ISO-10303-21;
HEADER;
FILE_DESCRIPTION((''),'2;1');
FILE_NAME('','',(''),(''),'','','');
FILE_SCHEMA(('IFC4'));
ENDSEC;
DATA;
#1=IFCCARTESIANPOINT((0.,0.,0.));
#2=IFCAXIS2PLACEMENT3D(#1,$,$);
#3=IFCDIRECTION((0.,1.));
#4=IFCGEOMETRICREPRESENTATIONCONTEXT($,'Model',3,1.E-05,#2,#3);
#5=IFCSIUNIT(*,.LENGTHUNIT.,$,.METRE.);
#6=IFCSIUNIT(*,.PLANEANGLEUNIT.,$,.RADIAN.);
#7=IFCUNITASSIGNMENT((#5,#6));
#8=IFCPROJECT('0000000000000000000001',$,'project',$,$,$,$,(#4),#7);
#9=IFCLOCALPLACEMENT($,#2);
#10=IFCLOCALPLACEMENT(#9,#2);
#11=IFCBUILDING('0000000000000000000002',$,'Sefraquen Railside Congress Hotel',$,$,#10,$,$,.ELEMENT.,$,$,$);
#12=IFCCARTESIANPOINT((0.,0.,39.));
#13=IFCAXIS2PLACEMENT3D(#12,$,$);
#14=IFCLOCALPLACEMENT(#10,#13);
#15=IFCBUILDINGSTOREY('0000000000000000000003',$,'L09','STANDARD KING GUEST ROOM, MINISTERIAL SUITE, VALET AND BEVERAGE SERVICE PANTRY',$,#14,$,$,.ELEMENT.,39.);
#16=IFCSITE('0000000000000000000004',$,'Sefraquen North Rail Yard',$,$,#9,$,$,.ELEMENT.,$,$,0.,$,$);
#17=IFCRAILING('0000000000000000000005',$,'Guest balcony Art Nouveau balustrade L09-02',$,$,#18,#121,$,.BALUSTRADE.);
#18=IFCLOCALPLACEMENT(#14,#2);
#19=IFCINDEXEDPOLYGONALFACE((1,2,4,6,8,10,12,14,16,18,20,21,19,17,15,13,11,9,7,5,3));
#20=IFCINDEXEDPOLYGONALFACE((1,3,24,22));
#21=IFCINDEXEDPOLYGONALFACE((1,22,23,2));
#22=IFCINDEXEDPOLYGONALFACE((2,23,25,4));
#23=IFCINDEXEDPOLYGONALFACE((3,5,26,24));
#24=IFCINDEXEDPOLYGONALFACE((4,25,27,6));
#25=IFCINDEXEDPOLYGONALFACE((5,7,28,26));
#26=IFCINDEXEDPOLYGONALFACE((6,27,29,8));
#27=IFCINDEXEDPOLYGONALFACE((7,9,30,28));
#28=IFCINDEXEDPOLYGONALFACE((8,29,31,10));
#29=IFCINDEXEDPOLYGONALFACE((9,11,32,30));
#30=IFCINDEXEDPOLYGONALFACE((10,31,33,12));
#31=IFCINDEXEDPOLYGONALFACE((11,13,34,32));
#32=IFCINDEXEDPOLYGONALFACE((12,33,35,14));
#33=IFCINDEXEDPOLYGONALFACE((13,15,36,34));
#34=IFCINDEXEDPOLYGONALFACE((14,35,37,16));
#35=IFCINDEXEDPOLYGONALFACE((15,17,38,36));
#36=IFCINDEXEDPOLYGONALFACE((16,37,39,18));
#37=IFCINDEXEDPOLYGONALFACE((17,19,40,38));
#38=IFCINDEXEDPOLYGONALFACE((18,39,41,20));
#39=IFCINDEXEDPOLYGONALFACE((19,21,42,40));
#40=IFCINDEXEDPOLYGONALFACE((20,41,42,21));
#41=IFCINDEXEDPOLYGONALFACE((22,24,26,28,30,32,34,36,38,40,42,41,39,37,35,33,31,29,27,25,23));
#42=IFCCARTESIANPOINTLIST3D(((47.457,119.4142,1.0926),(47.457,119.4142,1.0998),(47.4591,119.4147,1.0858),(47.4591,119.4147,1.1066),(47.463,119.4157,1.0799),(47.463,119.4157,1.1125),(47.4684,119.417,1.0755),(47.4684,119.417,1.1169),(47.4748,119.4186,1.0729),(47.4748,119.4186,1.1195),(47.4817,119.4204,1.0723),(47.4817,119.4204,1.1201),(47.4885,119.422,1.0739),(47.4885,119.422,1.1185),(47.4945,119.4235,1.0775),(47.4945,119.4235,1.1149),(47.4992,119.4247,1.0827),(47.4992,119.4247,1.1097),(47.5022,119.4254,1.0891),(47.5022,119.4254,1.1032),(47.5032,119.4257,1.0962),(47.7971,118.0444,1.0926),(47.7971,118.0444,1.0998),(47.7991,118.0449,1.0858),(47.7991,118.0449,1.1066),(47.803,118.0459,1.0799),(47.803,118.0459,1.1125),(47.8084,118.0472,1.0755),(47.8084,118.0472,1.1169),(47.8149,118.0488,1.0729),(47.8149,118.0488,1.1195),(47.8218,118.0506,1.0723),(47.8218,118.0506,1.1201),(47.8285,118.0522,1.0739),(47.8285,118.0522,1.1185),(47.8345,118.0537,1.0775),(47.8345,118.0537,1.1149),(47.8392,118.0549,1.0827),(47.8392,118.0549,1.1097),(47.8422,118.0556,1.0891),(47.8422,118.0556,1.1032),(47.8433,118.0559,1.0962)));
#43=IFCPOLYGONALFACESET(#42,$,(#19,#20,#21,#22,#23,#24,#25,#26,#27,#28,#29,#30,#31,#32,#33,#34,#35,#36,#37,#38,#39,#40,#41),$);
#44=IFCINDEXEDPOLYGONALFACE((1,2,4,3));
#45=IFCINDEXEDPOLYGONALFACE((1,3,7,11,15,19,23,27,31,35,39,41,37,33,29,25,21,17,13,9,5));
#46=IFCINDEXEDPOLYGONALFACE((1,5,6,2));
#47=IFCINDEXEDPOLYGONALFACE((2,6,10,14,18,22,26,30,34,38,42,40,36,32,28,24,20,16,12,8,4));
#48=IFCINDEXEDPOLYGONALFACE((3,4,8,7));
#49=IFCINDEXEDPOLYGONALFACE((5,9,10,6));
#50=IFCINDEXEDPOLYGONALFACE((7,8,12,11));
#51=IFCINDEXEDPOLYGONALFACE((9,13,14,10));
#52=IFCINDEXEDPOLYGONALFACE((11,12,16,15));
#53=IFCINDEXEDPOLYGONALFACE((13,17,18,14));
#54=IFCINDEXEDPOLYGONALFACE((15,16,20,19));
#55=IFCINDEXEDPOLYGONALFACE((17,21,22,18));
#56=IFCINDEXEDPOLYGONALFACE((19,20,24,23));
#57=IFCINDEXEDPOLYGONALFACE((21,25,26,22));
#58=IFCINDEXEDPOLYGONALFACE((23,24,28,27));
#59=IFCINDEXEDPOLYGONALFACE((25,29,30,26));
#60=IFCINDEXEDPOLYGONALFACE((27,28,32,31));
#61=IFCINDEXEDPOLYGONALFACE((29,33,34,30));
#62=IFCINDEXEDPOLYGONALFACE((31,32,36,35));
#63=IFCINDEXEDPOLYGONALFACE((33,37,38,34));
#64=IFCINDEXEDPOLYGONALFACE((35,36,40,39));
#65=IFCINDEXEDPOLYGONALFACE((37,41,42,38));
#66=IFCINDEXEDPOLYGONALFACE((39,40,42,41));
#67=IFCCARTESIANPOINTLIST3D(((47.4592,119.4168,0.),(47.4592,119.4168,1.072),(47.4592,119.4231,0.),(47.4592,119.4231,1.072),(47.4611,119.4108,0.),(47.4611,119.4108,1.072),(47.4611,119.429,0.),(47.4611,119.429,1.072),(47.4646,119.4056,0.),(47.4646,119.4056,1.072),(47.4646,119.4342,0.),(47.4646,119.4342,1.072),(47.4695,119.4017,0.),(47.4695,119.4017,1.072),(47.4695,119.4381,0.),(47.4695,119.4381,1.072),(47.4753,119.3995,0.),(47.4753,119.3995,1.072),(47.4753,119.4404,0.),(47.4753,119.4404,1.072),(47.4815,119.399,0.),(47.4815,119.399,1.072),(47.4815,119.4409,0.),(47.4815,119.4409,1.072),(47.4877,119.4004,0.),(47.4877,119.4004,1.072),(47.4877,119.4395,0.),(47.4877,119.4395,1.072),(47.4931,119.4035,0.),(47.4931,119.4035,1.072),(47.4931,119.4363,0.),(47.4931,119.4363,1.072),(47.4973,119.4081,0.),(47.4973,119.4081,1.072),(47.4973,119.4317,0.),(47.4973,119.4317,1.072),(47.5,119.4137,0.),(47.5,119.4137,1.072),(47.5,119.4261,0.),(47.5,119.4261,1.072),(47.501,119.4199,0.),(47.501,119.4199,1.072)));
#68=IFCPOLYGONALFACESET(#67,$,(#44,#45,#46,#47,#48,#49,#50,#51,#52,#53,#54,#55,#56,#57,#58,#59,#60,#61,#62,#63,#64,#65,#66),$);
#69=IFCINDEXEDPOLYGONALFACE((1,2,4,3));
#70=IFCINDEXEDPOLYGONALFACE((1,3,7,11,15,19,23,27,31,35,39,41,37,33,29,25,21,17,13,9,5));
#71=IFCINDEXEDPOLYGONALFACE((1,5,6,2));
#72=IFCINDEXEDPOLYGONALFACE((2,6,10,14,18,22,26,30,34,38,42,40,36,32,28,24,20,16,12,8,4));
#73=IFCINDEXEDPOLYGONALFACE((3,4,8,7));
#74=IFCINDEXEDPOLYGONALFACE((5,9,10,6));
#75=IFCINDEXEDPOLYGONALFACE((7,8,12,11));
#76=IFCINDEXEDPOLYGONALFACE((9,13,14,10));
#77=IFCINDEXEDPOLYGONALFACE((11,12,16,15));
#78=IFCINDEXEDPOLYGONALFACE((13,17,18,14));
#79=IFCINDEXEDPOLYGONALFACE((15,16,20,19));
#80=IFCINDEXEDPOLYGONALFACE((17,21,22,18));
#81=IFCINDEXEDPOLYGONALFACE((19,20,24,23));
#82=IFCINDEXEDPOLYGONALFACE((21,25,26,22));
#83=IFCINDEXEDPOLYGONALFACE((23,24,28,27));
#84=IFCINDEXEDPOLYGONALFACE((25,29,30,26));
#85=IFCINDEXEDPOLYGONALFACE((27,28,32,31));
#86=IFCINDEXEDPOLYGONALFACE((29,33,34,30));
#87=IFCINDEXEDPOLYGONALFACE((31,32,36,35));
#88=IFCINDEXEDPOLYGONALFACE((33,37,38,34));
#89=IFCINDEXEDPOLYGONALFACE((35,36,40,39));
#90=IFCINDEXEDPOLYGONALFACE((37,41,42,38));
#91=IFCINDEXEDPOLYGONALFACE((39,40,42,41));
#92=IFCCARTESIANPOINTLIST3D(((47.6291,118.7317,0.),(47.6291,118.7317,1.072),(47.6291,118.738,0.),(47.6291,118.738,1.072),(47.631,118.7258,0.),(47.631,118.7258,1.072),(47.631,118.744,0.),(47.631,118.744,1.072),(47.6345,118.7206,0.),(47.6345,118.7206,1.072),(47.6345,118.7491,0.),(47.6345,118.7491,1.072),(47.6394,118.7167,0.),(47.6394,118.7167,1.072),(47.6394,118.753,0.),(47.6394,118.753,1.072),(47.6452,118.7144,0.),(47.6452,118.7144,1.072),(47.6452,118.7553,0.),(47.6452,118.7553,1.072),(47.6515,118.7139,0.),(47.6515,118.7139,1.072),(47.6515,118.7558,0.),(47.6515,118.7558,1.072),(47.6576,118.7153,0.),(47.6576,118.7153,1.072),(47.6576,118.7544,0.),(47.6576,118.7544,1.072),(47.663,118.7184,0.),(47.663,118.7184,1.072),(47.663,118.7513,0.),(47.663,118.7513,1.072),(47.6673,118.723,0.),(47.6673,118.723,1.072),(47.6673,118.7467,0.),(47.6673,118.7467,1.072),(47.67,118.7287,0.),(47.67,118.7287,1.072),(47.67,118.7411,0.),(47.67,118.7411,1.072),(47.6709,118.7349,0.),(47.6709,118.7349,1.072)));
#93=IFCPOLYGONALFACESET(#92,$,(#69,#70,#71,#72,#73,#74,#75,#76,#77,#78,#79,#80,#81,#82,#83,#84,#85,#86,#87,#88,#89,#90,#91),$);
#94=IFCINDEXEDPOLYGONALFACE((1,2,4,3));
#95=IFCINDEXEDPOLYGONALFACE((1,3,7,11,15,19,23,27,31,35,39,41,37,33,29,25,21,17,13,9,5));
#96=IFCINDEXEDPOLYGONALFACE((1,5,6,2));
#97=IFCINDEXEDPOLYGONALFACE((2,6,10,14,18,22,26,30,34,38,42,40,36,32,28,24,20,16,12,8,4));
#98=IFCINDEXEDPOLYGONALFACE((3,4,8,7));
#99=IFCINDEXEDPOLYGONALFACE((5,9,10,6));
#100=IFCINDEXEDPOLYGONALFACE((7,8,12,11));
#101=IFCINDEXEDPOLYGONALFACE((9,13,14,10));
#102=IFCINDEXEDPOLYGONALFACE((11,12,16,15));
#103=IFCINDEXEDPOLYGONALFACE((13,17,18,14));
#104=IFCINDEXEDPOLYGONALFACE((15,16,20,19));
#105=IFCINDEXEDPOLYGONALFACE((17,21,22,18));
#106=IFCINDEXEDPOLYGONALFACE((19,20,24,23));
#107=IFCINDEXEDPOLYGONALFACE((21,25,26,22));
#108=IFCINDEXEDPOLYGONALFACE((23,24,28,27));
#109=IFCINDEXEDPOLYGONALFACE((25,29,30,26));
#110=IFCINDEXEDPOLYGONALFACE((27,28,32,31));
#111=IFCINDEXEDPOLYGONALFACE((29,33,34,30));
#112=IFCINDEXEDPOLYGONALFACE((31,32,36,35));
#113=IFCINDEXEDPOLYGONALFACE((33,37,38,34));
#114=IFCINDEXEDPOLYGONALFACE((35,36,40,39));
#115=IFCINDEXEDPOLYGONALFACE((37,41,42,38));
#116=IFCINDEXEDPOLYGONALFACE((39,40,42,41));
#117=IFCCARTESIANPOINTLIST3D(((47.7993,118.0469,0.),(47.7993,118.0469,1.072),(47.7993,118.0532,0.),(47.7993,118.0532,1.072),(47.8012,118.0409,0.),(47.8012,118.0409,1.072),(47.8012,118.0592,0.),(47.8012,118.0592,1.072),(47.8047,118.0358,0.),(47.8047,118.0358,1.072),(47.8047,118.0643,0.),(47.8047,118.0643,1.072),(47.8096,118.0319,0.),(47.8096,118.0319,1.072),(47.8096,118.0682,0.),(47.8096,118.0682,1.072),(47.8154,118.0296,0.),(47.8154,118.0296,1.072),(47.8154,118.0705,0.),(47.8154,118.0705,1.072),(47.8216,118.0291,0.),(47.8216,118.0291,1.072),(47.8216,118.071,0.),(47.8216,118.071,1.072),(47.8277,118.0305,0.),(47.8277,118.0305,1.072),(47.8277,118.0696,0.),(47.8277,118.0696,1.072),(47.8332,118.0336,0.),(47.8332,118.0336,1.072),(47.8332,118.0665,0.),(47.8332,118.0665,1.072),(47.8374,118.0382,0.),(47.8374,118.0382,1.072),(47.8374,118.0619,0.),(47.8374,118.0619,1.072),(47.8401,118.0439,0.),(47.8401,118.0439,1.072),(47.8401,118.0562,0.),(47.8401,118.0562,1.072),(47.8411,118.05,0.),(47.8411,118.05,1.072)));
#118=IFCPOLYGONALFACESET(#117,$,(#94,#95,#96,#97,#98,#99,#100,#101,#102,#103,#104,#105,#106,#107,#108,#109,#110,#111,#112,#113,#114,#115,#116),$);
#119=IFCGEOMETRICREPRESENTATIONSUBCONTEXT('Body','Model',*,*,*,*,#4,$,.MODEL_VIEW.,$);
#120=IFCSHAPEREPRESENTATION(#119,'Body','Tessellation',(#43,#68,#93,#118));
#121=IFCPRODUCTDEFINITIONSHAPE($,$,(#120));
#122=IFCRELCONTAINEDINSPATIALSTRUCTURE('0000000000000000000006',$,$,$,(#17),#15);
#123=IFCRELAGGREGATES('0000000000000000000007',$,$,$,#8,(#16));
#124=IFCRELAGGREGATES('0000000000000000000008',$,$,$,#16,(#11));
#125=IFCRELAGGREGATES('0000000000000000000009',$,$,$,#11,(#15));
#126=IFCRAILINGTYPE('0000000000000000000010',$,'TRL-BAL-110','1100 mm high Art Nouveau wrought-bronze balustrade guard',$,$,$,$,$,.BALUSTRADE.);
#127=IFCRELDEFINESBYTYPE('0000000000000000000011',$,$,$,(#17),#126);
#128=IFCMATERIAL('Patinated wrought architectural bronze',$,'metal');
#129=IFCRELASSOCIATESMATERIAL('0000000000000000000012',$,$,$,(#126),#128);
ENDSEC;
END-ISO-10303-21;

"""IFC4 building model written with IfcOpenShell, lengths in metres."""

from ifc_helpers import new_model, si_unit, direction, frame, origin, origin_2d, place, context, subcontext, project, spatial, circle, extrude, material, type_object, element, save


model = new_model("IFC4")

# Units and contexts
model_context = context("Model", 3, precision=1e-05, world=origin(), true_north=direction((0.0, 1.0)))
body_context = subcontext(model_context, "Body", "Model", "MODEL_VIEW")
ifc_project = project(units=[si_unit("LENGTHUNIT", "METRE"), si_unit("PLANEANGLEUNIT", "RADIAN")], contexts=[model_context])

# Site, building, storey
site_placement = place(None, origin())
site = spatial("IfcSite", under=ifc_project, at=site_placement, Name="Sefraquen North Rail Yard", CompositionType="ELEMENT", RefElevation=0.0)
building_placement = place(site_placement, origin())
building = spatial("IfcBuilding", under=site, at=building_placement, Name="Sefraquen Railside Congress Hotel", CompositionType="ELEMENT")
storey_placement = place(building_placement, frame((0.0, 0.0, 39.0)))
storey = spatial("IfcBuildingStorey", under=building, at=storey_placement, Name="L09", Description="STANDARD KING GUEST ROOM, MINISTERIAL SUITE, VALET AND BEVERAGE SERVICE PANTRY", CompositionType="ELEMENT", Elevation=39.0)

# Railing
ifc_material_1 = material(Name="Patinated wrought architectural bronze", Category="metal")
railing_type = type_object("IfcRailingType", Name="TRL-BAL-110", Description="1100 mm high Art Nouveau wrought-bronze balustrade guard", PredefinedType="BALUSTRADE", material=ifc_material_1)
railing_1_placement = place(storey_placement, frame((47.48, 119.4199, 0.0)))
element("IfcRailing", 1, at=railing_1_placement, inside=storey, type_object=railing_type, Name="Guest balcony Art Nouveau balustrade L09-02", PredefinedType="BALUSTRADE", context=body_context, shape_type="SweptSolid", body=[
    extrude(circle(Radius=0.0239, at=origin_2d()), frame((0.0, 0.0, 1.0962), z_axis=(0.240948, -0.970538, 0.0), x_axis=(0.970538, 0.240948, 0.0)), (0.0, 0.0, 1.0), 1.4114),
    extrude(circle(Radius=0.021, at=origin_2d()), origin(), (0.0, 0.0, 1.0), 1.072),
    extrude(circle(Radius=0.021, at=origin_2d()), frame((0.1699, -0.6851, 0.0)), (0.0, 0.0, 1.0), 1.072),
    extrude(circle(Radius=0.021, at=origin_2d()), frame((0.3401, -1.3699, 0.0)), (0.0, 0.0, 1.0), 1.072),
])

save(model, "model.ifc")
